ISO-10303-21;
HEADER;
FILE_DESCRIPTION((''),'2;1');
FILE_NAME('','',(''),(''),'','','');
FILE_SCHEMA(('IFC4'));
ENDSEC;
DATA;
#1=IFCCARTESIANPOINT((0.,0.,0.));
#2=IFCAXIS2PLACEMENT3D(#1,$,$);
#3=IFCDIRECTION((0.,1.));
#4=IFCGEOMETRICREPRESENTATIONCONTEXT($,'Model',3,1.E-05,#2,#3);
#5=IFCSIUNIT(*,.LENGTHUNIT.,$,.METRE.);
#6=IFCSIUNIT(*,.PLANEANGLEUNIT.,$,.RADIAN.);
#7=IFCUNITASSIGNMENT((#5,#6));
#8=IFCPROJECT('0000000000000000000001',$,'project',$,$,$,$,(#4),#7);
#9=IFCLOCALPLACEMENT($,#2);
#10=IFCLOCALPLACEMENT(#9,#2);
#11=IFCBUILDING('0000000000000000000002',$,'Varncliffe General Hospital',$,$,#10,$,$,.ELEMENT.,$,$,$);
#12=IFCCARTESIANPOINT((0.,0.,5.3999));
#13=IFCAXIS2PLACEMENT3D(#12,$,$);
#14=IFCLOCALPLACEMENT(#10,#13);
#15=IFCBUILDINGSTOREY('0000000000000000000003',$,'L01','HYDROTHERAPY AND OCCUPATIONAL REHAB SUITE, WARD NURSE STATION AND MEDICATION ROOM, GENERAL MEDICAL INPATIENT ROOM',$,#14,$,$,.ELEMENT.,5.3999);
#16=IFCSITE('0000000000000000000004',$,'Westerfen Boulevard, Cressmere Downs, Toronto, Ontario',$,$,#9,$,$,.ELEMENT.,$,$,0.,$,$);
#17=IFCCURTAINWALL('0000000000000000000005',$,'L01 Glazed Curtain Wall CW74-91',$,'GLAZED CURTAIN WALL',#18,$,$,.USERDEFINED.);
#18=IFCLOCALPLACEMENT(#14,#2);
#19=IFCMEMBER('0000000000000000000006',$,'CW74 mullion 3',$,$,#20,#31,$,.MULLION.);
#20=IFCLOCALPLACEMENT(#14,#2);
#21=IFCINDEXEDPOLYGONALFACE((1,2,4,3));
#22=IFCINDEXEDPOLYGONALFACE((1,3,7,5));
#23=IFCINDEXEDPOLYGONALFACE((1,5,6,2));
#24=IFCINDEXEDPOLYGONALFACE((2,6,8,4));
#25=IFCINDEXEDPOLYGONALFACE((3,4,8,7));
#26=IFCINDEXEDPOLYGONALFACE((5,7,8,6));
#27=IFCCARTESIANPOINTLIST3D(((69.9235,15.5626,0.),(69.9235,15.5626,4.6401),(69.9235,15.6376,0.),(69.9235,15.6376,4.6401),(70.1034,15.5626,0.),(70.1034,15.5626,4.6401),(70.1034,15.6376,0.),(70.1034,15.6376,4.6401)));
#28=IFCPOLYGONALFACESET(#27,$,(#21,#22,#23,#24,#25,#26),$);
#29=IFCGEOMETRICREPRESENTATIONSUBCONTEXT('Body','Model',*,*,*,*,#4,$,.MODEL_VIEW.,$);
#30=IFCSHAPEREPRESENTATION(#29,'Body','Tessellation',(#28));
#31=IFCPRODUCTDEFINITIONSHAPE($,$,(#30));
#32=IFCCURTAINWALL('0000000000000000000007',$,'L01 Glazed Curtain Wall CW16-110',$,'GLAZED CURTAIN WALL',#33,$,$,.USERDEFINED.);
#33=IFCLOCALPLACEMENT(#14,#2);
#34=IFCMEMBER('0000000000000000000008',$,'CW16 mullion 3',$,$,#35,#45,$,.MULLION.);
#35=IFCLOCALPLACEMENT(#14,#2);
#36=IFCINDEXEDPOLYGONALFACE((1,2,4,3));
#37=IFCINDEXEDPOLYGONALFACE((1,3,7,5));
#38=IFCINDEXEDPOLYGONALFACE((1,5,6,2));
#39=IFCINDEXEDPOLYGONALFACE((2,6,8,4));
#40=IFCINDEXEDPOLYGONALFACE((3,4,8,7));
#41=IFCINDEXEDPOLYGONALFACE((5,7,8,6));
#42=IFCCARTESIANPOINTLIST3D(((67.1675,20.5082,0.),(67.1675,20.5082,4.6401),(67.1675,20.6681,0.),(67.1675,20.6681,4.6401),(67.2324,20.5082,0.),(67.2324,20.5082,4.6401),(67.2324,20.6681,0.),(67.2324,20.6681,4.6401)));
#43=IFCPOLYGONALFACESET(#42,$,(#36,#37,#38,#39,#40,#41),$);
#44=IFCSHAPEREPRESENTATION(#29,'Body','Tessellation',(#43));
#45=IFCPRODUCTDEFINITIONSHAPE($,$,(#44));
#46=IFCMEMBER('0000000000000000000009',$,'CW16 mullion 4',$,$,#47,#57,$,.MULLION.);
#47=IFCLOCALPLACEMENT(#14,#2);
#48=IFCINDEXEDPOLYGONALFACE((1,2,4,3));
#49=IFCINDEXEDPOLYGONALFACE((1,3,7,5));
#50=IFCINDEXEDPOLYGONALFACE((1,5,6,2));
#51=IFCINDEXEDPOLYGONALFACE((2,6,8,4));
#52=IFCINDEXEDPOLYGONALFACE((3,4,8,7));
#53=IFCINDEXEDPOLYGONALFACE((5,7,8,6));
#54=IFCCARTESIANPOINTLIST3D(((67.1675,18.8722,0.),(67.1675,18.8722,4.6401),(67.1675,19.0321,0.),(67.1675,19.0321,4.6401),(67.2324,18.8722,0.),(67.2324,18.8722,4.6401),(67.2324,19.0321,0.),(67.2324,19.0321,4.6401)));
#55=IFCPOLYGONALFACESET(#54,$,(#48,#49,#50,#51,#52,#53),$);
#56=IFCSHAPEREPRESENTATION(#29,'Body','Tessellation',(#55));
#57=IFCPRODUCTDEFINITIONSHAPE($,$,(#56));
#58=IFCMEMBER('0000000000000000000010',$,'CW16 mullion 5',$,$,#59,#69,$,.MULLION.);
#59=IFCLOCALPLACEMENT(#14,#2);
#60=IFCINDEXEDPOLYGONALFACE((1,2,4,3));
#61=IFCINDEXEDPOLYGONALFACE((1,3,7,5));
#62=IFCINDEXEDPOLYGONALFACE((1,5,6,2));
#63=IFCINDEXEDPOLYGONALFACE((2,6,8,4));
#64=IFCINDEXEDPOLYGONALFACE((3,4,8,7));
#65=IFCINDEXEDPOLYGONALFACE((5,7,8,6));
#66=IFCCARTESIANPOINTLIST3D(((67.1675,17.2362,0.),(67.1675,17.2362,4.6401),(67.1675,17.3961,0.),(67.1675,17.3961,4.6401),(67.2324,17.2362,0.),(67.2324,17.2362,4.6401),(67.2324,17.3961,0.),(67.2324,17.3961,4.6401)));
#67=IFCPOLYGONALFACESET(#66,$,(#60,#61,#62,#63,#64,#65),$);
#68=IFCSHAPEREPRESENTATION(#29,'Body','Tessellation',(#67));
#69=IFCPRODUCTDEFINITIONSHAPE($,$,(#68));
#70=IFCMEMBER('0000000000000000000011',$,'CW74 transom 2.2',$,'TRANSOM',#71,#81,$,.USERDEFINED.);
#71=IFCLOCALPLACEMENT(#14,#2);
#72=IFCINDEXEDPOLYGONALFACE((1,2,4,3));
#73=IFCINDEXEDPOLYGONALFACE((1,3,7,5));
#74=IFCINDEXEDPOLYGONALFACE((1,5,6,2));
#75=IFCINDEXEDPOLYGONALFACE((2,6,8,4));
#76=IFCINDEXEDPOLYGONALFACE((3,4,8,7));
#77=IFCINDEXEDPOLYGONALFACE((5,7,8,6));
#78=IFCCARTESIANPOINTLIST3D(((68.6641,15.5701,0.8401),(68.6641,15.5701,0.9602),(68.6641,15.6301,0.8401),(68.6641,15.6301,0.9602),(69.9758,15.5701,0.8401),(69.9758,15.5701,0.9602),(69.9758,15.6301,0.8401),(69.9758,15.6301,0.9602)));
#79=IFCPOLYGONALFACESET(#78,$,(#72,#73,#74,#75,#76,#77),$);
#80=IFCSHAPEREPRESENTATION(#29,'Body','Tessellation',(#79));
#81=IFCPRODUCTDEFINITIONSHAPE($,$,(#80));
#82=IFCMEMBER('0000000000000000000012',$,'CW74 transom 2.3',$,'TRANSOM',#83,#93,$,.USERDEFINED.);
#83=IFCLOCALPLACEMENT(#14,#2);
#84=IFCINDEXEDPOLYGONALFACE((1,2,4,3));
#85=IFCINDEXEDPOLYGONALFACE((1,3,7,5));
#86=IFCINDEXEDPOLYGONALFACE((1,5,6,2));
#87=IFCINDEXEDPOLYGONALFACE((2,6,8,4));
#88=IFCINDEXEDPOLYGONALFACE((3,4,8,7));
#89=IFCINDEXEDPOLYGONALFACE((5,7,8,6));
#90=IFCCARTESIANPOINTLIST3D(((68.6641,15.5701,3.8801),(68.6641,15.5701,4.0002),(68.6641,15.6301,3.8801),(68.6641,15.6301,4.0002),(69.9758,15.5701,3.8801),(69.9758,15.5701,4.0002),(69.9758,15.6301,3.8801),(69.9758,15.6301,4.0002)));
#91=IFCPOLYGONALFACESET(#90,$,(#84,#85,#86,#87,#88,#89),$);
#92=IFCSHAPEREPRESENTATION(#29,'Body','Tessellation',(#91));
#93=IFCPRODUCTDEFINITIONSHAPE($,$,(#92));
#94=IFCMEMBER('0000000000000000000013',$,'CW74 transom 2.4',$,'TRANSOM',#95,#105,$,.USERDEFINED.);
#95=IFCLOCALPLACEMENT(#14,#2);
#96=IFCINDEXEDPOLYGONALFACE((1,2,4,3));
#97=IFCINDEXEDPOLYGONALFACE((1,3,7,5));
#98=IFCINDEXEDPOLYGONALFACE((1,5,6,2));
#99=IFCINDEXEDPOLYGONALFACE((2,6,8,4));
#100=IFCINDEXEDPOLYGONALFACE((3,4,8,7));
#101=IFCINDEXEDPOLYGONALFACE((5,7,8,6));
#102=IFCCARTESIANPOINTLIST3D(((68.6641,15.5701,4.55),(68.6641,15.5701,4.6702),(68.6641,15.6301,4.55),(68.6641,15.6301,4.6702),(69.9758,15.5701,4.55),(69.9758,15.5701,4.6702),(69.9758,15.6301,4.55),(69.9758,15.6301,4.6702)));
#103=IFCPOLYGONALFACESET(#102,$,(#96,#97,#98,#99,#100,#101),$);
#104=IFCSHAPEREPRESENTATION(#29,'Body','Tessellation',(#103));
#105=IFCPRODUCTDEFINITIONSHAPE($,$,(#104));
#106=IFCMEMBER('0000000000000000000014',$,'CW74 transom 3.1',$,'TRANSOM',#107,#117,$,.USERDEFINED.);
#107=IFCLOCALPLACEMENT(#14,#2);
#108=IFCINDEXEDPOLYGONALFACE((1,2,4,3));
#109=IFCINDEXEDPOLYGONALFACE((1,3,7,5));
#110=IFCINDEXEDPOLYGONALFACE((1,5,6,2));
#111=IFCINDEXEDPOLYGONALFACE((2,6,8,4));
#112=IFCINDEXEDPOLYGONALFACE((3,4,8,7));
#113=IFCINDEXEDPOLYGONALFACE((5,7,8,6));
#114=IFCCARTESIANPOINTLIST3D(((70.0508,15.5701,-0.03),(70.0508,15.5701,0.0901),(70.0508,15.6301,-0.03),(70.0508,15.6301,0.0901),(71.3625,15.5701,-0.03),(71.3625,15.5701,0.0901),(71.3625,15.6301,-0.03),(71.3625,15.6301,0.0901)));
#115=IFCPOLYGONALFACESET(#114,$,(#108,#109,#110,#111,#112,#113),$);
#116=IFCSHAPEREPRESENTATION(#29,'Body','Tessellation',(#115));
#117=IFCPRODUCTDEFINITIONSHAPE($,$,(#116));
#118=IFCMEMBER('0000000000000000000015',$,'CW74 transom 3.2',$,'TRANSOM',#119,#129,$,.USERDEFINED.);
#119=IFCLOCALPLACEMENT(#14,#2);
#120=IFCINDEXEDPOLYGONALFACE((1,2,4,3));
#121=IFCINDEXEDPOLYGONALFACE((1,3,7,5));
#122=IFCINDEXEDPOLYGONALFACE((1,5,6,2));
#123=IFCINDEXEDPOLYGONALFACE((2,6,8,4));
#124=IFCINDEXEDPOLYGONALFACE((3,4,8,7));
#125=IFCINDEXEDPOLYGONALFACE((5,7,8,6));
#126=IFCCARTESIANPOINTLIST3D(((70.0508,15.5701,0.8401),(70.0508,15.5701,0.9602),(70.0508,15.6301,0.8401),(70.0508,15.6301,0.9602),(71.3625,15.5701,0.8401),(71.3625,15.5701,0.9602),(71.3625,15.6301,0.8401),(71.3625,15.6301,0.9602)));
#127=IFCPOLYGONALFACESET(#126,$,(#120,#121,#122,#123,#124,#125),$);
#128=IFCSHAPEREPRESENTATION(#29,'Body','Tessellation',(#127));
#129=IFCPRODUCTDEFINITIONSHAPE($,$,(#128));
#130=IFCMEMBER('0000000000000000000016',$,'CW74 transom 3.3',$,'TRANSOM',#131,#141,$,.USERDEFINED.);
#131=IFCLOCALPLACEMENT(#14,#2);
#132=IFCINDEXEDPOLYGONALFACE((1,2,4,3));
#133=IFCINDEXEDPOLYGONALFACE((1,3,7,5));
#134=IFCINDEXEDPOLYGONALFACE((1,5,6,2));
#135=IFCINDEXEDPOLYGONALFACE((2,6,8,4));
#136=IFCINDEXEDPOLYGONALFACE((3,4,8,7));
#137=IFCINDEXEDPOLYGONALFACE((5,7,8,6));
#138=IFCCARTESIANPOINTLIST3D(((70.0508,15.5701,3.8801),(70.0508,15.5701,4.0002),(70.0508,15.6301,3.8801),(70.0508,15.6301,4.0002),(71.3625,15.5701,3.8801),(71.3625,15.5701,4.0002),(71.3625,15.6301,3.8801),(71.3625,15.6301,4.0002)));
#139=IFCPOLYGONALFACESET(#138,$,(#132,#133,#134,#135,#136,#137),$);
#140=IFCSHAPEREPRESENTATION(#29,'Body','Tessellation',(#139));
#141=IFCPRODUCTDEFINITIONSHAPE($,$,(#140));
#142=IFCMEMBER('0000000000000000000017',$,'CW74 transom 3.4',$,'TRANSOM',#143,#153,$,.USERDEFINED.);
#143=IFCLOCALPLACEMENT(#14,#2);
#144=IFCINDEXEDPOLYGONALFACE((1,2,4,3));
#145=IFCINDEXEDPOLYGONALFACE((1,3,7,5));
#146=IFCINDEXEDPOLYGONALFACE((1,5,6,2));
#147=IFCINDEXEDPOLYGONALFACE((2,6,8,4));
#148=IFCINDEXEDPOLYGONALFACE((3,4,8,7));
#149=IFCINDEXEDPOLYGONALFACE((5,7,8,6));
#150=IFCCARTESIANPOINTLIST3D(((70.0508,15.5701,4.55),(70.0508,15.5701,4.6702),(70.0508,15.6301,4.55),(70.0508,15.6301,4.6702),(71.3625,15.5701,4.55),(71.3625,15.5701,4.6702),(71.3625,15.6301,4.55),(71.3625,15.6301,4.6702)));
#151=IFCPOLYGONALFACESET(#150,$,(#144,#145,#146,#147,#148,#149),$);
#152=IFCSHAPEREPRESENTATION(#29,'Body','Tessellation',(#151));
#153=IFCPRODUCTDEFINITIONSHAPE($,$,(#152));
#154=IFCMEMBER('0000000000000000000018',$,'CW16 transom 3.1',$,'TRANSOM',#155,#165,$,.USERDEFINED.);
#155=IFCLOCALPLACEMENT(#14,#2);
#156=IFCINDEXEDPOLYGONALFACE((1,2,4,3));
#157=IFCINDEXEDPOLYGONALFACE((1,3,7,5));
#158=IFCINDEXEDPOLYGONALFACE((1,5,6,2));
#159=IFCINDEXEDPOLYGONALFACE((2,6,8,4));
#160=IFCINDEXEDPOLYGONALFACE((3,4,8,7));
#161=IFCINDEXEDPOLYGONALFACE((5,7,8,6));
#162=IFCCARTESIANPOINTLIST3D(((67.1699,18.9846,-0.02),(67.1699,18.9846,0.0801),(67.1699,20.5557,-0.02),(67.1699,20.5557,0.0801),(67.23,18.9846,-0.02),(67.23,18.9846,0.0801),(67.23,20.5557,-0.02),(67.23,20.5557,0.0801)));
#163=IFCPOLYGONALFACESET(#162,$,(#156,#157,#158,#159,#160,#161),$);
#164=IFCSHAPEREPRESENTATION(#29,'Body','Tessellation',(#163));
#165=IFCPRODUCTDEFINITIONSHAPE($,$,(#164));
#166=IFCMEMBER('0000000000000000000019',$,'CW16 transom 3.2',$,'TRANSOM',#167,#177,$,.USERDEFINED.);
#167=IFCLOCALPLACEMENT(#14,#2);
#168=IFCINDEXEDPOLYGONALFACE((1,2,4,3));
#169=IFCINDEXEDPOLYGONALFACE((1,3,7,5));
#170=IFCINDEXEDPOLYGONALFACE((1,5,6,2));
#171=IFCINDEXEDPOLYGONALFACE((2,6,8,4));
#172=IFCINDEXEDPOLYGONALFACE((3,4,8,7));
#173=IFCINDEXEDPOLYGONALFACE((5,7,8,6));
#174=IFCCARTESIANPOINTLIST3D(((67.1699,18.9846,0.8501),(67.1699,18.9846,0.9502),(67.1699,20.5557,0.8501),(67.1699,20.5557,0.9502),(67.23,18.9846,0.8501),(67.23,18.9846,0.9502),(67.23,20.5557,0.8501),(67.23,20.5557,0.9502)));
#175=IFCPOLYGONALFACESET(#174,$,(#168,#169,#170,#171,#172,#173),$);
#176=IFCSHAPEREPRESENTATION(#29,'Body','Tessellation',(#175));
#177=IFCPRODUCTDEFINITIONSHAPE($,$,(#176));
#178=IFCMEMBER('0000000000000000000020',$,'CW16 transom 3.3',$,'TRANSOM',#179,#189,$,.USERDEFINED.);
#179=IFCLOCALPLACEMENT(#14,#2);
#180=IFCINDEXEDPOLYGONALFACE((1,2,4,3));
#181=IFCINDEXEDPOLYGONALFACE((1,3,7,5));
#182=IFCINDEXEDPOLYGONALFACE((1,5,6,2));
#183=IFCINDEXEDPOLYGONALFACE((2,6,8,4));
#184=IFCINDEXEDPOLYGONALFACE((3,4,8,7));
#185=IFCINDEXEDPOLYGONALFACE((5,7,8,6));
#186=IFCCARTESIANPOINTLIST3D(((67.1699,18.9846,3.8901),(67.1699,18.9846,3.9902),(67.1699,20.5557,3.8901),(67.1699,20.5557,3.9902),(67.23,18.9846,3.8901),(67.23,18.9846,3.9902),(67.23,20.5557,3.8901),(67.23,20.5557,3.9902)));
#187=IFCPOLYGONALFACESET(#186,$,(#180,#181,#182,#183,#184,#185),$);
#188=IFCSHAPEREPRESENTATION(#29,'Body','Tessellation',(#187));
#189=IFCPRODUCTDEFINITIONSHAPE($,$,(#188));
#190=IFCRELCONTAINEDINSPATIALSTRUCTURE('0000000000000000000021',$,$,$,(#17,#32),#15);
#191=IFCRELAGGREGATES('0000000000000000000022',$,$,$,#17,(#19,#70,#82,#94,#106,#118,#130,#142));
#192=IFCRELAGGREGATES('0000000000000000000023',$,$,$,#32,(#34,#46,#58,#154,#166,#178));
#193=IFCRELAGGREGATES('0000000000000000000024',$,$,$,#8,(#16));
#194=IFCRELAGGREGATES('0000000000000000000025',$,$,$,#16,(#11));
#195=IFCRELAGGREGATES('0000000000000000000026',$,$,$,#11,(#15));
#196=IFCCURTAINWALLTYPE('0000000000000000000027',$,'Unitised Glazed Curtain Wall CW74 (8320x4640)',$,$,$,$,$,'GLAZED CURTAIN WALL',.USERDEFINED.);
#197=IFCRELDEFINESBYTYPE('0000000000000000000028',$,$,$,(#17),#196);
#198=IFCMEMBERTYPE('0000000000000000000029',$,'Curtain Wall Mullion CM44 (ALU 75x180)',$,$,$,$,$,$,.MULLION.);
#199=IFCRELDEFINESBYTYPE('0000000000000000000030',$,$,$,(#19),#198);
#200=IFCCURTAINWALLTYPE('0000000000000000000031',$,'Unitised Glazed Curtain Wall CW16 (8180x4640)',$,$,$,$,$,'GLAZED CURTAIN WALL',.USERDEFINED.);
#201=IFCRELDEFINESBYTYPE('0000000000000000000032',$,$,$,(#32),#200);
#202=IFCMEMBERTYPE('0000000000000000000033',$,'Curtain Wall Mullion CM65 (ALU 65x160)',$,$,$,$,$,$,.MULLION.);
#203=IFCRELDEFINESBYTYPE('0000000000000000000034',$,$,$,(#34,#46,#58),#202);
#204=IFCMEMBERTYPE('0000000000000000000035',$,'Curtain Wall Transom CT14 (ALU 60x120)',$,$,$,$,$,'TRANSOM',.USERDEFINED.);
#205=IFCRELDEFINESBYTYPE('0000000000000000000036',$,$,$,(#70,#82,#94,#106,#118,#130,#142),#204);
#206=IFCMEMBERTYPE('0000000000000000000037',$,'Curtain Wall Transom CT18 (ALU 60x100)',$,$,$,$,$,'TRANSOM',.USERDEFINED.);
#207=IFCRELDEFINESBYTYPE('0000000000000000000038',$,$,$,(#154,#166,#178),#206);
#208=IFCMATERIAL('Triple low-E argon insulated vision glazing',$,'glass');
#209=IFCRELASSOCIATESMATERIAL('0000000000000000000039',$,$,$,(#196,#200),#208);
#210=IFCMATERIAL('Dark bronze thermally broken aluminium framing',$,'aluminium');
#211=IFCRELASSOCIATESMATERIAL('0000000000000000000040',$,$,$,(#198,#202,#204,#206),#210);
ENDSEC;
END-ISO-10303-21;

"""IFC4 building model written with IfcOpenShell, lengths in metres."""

from ifc_helpers import new_model, si_unit, direction, frame, origin, origin_2d, place, context, subcontext, project, spatial, rectangle, extrude, material, material_profile, profile_set, type_object, element, aggregate, save


model = new_model("IFC4")

# Units and contexts
model_context = context("Model", 3, precision=1e-05, world=origin(), true_north=direction((0.0, 1.0)))
body_context = subcontext(model_context, "Body", "Model", "MODEL_VIEW")
ifc_project = project(units=[si_unit("LENGTHUNIT", "METRE"), si_unit("PLANEANGLEUNIT", "RADIAN")], contexts=[model_context])

# Site, building, storey
site_placement = place(None, origin())
site = spatial("IfcSite", under=ifc_project, at=site_placement, Name="Westerfen Boulevard, Cressmere Downs, Toronto, Ontario", CompositionType="ELEMENT", RefElevation=0.0)
building_placement = place(site_placement, origin())
building = spatial("IfcBuilding", under=site, at=building_placement, Name="Varncliffe General Hospital", CompositionType="ELEMENT")
storey_placement = place(building_placement, frame((0.0, 0.0, 5.3999)))
storey = spatial("IfcBuildingStorey", under=building, at=storey_placement, Name="L01", Description="HYDROTHERAPY AND OCCUPATIONAL REHAB SUITE, WARD NURSE STATION AND MEDICATION ROOM, GENERAL MEDICAL INPATIENT ROOM", CompositionType="ELEMENT", Elevation=5.3999)

# Curtain wall, member
ifc_material_1 = material(Name="Triple low-E argon insulated vision glazing", Category="glass")
curtain_wall_type_1 = type_object("IfcCurtainWallType", Name="Unitised Glazed Curtain Wall CW74 (8320x4640)", ElementType="GLAZED CURTAIN WALL", PredefinedType="USERDEFINED", material=ifc_material_1)
curtain_wall_1_placement = place(storey_placement, origin())
curtain_wall_1 = element("IfcCurtainWall", 1, at=curtain_wall_1_placement, inside=storey, type_object=curtain_wall_type_1, Name="L01 Glazed Curtain Wall CW74-91", ObjectType="GLAZED CURTAIN WALL", PredefinedType="USERDEFINED")
ifc_material_2 = material(Name="Dark bronze thermally broken aluminium framing", Category="aluminium")
ifc_material_profile_1 = material_profile(ifc_material_2, rectangle(XDim=0.075, YDim=0.1799, at=origin_2d()), Name="ALU 75x180")
ifc_profile_set_1 = profile_set([ifc_material_profile_1], Name="Dark bronze thermally broken aluminium framing")
member_type_1 = type_object("IfcMemberType", Name="Curtain Wall Mullion CM44 (ALU 75x180)", PredefinedType="MULLION", material=ifc_profile_set_1)
member_1_placement = place(storey_placement, frame((70.0134, 15.6001, 0.0), z_axis=(0.0, 0.0, 1.0), x_axis=(0.0, 1.0, 0.0)))
member_1 = element("IfcMember", 2, at=member_1_placement, type_object=member_type_1, Name="CW74 mullion 3", PredefinedType="MULLION", context=body_context, shape_type="SweptSolid", body=[
    extrude(rectangle(XDim=0.075, YDim=0.1799, at=origin_2d()), origin(), (0.0, 0.0, 1.0), 4.6401),
])

# Curtain wall, members
curtain_wall_type_2 = type_object("IfcCurtainWallType", Name="Unitised Glazed Curtain Wall CW16 (8180x4640)", ElementType="GLAZED CURTAIN WALL", PredefinedType="USERDEFINED", material=ifc_material_1)
curtain_wall_2_placement = place(storey_placement, origin())
curtain_wall_2 = element("IfcCurtainWall", 3, at=curtain_wall_2_placement, inside=storey, type_object=curtain_wall_type_2, Name="L01 Glazed Curtain Wall CW16-110", ObjectType="GLAZED CURTAIN WALL", PredefinedType="USERDEFINED")
ifc_material_profile_2 = material_profile(ifc_material_2, rectangle(XDim=0.0649, YDim=0.1599, at=origin_2d()), Name="ALU 65x160")
ifc_profile_set_2 = profile_set([ifc_material_profile_2], Name="Dark bronze thermally broken aluminium framing")
member_type_2 = type_object("IfcMemberType", Name="Curtain Wall Mullion CM65 (ALU 65x160)", PredefinedType="MULLION", material=ifc_profile_set_2)
member_2_placement = place(storey_placement, frame((67.2, 20.5881, 0.0), z_axis=(0.0, 0.0, 1.0), x_axis=(1.0, 0.0, 0.0)))
member_2 = element("IfcMember", 4, at=member_2_placement, type_object=member_type_2, Name="CW16 mullion 3", PredefinedType="MULLION", context=body_context, shape_type="SweptSolid", body=[
    extrude(rectangle(XDim=0.0649, YDim=0.1599, at=origin_2d()), origin(), (0.0, 0.0, 1.0), 4.6401),
])
member_3_placement = place(storey_placement, frame((67.2, 18.9521, 0.0), z_axis=(0.0, 0.0, 1.0), x_axis=(1.0, 0.0, 0.0)))
member_3 = element("IfcMember", 5, at=member_3_placement, type_object=member_type_2, Name="CW16 mullion 4", PredefinedType="MULLION", context=body_context, shape_type="SweptSolid", body=[
    extrude(rectangle(XDim=0.0649, YDim=0.1599, at=origin_2d()), origin(), (0.0, 0.0, 1.0), 4.6401),
])
member_4_placement = place(storey_placement, frame((67.2, 17.3162, 0.0), z_axis=(0.0, 0.0, 1.0), x_axis=(1.0, 0.0, 0.0)))
member_4 = element("IfcMember", 6, at=member_4_placement, type_object=member_type_2, Name="CW16 mullion 5", PredefinedType="MULLION", context=body_context, shape_type="SweptSolid", body=[
    extrude(rectangle(XDim=0.0649, YDim=0.1599, at=origin_2d()), origin(), (0.0, 0.0, 1.0), 4.6401),
])

# Members
ifc_material_profile_3 = material_profile(ifc_material_2, rectangle(XDim=0.0601, YDim=0.1201, at=origin_2d()), Name="ALU 60x120")
ifc_profile_set_3 = profile_set([ifc_material_profile_3], Name="Dark bronze thermally broken aluminium framing")
member_type_3 = type_object("IfcMemberType", Name="Curtain Wall Transom CT14 (ALU 60x120)", ElementType="TRANSOM", PredefinedType="USERDEFINED", material=ifc_profile_set_3)
member_5_placement = place(storey_placement, frame((68.6641, 15.6001, 0.9001), z_axis=(1.0, 0.0, 0.0), x_axis=(0.0, 1.0, 0.0)))
member_5 = element("IfcMember", 7, at=member_5_placement, type_object=member_type_3, Name="CW74 transom 2.2", ObjectType="TRANSOM", PredefinedType="USERDEFINED", context=body_context, shape_type="SweptSolid", body=[
    extrude(rectangle(XDim=0.0601, YDim=0.1201, at=origin_2d()), origin(), (0.0, 0.0, 1.0), 1.3118),
])
member_6_placement = place(storey_placement, frame((68.6641, 15.6001, 3.9402), z_axis=(1.0, 0.0, 0.0), x_axis=(0.0, 1.0, 0.0)))
member_6 = element("IfcMember", 8, at=member_6_placement, type_object=member_type_3, Name="CW74 transom 2.3", ObjectType="TRANSOM", PredefinedType="USERDEFINED", context=body_context, shape_type="SweptSolid", body=[
    extrude(rectangle(XDim=0.0601, YDim=0.1201, at=origin_2d()), origin(), (0.0, 0.0, 1.0), 1.3118),
])
member_7_placement = place(storey_placement, frame((68.6641, 15.6001, 4.6101), z_axis=(1.0, 0.0, 0.0), x_axis=(0.0, 1.0, 0.0)))
member_7 = element("IfcMember", 9, at=member_7_placement, type_object=member_type_3, Name="CW74 transom 2.4", ObjectType="TRANSOM", PredefinedType="USERDEFINED", context=body_context, shape_type="SweptSolid", body=[
    extrude(rectangle(XDim=0.0601, YDim=0.1201, at=origin_2d()), origin(), (0.0, 0.0, 1.0), 1.3118),
])
member_8_placement = place(storey_placement, frame((70.0508, 15.6001, 0.03), z_axis=(1.0, 0.0, 0.0), x_axis=(0.0, 1.0, 0.0)))
member_8 = element("IfcMember", 10, at=member_8_placement, type_object=member_type_3, Name="CW74 transom 3.1", ObjectType="TRANSOM", PredefinedType="USERDEFINED", context=body_context, shape_type="SweptSolid", body=[
    extrude(rectangle(XDim=0.0601, YDim=0.1201, at=origin_2d()), origin(), (0.0, 0.0, 1.0), 1.3118),
])
member_9_placement = place(storey_placement, frame((70.0508, 15.6001, 0.9001), z_axis=(1.0, 0.0, 0.0), x_axis=(0.0, 1.0, 0.0)))
member_9 = element("IfcMember", 11, at=member_9_placement, type_object=member_type_3, Name="CW74 transom 3.2", ObjectType="TRANSOM", PredefinedType="USERDEFINED", context=body_context, shape_type="SweptSolid", body=[
    extrude(rectangle(XDim=0.0601, YDim=0.1201, at=origin_2d()), origin(), (0.0, 0.0, 1.0), 1.3118),
])
member_10_placement = place(storey_placement, frame((70.0508, 15.6001, 3.9402), z_axis=(1.0, 0.0, 0.0), x_axis=(0.0, 1.0, 0.0)))
member_10 = element("IfcMember", 12, at=member_10_placement, type_object=member_type_3, Name="CW74 transom 3.3", ObjectType="TRANSOM", PredefinedType="USERDEFINED", context=body_context, shape_type="SweptSolid", body=[
    extrude(rectangle(XDim=0.0601, YDim=0.1201, at=origin_2d()), origin(), (0.0, 0.0, 1.0), 1.3118),
])
member_11_placement = place(storey_placement, frame((70.0508, 15.6001, 4.6101), z_axis=(1.0, 0.0, 0.0), x_axis=(0.0, 1.0, 0.0)))
member_11 = element("IfcMember", 13, at=member_11_placement, type_object=member_type_3, Name="CW74 transom 3.4", ObjectType="TRANSOM", PredefinedType="USERDEFINED", context=body_context, shape_type="SweptSolid", body=[
    extrude(rectangle(XDim=0.0601, YDim=0.1201, at=origin_2d()), origin(), (0.0, 0.0, 1.0), 1.3118),
])
ifc_material_profile_4 = material_profile(ifc_material_2, rectangle(XDim=0.0601, YDim=0.1001, at=origin_2d()), Name="ALU 60x100")
ifc_profile_set_4 = profile_set([ifc_material_profile_4], Name="Dark bronze thermally broken aluminium framing")
member_type_4 = type_object("IfcMemberType", Name="Curtain Wall Transom CT18 (ALU 60x100)", ElementType="TRANSOM", PredefinedType="USERDEFINED", material=ifc_profile_set_4)
member_12_placement = place(storey_placement, frame((67.2, 20.5557, 0.03), z_axis=(0.0, -1.0, 0.0), x_axis=(1.0, 0.0, 0.0)))
member_12 = element("IfcMember", 14, at=member_12_placement, type_object=member_type_4, Name="CW16 transom 3.1", ObjectType="TRANSOM", PredefinedType="USERDEFINED", context=body_context, shape_type="SweptSolid", body=[
    extrude(rectangle(XDim=0.0601, YDim=0.1001, at=origin_2d()), origin(), (0.0, 0.0, 1.0), 1.571),
])
member_13_placement = place(storey_placement, frame((67.2, 20.5557, 0.9001), z_axis=(0.0, -1.0, 0.0), x_axis=(1.0, 0.0, 0.0)))
member_13 = element("IfcMember", 15, at=member_13_placement, type_object=member_type_4, Name="CW16 transom 3.2", ObjectType="TRANSOM", PredefinedType="USERDEFINED", context=body_context, shape_type="SweptSolid", body=[
    extrude(rectangle(XDim=0.0601, YDim=0.1001, at=origin_2d()), origin(), (0.0, 0.0, 1.0), 1.571),
])
member_14_placement = place(storey_placement, frame((67.2, 20.5557, 3.9402), z_axis=(0.0, -1.0, 0.0), x_axis=(1.0, 0.0, 0.0)))
member_14 = element("IfcMember", 16, at=member_14_placement, type_object=member_type_4, Name="CW16 transom 3.3", ObjectType="TRANSOM", PredefinedType="USERDEFINED", context=body_context, shape_type="SweptSolid", body=[
    extrude(rectangle(XDim=0.0601, YDim=0.1001, at=origin_2d()), origin(), (0.0, 0.0, 1.0), 1.571),
])

aggregate(curtain_wall_1, [member_1, member_5, member_6, member_7, member_8, member_9, member_10, member_11])
aggregate(curtain_wall_2, [member_2, member_3, member_4, member_12, member_13, member_14])

save(model, "model.ifc")
